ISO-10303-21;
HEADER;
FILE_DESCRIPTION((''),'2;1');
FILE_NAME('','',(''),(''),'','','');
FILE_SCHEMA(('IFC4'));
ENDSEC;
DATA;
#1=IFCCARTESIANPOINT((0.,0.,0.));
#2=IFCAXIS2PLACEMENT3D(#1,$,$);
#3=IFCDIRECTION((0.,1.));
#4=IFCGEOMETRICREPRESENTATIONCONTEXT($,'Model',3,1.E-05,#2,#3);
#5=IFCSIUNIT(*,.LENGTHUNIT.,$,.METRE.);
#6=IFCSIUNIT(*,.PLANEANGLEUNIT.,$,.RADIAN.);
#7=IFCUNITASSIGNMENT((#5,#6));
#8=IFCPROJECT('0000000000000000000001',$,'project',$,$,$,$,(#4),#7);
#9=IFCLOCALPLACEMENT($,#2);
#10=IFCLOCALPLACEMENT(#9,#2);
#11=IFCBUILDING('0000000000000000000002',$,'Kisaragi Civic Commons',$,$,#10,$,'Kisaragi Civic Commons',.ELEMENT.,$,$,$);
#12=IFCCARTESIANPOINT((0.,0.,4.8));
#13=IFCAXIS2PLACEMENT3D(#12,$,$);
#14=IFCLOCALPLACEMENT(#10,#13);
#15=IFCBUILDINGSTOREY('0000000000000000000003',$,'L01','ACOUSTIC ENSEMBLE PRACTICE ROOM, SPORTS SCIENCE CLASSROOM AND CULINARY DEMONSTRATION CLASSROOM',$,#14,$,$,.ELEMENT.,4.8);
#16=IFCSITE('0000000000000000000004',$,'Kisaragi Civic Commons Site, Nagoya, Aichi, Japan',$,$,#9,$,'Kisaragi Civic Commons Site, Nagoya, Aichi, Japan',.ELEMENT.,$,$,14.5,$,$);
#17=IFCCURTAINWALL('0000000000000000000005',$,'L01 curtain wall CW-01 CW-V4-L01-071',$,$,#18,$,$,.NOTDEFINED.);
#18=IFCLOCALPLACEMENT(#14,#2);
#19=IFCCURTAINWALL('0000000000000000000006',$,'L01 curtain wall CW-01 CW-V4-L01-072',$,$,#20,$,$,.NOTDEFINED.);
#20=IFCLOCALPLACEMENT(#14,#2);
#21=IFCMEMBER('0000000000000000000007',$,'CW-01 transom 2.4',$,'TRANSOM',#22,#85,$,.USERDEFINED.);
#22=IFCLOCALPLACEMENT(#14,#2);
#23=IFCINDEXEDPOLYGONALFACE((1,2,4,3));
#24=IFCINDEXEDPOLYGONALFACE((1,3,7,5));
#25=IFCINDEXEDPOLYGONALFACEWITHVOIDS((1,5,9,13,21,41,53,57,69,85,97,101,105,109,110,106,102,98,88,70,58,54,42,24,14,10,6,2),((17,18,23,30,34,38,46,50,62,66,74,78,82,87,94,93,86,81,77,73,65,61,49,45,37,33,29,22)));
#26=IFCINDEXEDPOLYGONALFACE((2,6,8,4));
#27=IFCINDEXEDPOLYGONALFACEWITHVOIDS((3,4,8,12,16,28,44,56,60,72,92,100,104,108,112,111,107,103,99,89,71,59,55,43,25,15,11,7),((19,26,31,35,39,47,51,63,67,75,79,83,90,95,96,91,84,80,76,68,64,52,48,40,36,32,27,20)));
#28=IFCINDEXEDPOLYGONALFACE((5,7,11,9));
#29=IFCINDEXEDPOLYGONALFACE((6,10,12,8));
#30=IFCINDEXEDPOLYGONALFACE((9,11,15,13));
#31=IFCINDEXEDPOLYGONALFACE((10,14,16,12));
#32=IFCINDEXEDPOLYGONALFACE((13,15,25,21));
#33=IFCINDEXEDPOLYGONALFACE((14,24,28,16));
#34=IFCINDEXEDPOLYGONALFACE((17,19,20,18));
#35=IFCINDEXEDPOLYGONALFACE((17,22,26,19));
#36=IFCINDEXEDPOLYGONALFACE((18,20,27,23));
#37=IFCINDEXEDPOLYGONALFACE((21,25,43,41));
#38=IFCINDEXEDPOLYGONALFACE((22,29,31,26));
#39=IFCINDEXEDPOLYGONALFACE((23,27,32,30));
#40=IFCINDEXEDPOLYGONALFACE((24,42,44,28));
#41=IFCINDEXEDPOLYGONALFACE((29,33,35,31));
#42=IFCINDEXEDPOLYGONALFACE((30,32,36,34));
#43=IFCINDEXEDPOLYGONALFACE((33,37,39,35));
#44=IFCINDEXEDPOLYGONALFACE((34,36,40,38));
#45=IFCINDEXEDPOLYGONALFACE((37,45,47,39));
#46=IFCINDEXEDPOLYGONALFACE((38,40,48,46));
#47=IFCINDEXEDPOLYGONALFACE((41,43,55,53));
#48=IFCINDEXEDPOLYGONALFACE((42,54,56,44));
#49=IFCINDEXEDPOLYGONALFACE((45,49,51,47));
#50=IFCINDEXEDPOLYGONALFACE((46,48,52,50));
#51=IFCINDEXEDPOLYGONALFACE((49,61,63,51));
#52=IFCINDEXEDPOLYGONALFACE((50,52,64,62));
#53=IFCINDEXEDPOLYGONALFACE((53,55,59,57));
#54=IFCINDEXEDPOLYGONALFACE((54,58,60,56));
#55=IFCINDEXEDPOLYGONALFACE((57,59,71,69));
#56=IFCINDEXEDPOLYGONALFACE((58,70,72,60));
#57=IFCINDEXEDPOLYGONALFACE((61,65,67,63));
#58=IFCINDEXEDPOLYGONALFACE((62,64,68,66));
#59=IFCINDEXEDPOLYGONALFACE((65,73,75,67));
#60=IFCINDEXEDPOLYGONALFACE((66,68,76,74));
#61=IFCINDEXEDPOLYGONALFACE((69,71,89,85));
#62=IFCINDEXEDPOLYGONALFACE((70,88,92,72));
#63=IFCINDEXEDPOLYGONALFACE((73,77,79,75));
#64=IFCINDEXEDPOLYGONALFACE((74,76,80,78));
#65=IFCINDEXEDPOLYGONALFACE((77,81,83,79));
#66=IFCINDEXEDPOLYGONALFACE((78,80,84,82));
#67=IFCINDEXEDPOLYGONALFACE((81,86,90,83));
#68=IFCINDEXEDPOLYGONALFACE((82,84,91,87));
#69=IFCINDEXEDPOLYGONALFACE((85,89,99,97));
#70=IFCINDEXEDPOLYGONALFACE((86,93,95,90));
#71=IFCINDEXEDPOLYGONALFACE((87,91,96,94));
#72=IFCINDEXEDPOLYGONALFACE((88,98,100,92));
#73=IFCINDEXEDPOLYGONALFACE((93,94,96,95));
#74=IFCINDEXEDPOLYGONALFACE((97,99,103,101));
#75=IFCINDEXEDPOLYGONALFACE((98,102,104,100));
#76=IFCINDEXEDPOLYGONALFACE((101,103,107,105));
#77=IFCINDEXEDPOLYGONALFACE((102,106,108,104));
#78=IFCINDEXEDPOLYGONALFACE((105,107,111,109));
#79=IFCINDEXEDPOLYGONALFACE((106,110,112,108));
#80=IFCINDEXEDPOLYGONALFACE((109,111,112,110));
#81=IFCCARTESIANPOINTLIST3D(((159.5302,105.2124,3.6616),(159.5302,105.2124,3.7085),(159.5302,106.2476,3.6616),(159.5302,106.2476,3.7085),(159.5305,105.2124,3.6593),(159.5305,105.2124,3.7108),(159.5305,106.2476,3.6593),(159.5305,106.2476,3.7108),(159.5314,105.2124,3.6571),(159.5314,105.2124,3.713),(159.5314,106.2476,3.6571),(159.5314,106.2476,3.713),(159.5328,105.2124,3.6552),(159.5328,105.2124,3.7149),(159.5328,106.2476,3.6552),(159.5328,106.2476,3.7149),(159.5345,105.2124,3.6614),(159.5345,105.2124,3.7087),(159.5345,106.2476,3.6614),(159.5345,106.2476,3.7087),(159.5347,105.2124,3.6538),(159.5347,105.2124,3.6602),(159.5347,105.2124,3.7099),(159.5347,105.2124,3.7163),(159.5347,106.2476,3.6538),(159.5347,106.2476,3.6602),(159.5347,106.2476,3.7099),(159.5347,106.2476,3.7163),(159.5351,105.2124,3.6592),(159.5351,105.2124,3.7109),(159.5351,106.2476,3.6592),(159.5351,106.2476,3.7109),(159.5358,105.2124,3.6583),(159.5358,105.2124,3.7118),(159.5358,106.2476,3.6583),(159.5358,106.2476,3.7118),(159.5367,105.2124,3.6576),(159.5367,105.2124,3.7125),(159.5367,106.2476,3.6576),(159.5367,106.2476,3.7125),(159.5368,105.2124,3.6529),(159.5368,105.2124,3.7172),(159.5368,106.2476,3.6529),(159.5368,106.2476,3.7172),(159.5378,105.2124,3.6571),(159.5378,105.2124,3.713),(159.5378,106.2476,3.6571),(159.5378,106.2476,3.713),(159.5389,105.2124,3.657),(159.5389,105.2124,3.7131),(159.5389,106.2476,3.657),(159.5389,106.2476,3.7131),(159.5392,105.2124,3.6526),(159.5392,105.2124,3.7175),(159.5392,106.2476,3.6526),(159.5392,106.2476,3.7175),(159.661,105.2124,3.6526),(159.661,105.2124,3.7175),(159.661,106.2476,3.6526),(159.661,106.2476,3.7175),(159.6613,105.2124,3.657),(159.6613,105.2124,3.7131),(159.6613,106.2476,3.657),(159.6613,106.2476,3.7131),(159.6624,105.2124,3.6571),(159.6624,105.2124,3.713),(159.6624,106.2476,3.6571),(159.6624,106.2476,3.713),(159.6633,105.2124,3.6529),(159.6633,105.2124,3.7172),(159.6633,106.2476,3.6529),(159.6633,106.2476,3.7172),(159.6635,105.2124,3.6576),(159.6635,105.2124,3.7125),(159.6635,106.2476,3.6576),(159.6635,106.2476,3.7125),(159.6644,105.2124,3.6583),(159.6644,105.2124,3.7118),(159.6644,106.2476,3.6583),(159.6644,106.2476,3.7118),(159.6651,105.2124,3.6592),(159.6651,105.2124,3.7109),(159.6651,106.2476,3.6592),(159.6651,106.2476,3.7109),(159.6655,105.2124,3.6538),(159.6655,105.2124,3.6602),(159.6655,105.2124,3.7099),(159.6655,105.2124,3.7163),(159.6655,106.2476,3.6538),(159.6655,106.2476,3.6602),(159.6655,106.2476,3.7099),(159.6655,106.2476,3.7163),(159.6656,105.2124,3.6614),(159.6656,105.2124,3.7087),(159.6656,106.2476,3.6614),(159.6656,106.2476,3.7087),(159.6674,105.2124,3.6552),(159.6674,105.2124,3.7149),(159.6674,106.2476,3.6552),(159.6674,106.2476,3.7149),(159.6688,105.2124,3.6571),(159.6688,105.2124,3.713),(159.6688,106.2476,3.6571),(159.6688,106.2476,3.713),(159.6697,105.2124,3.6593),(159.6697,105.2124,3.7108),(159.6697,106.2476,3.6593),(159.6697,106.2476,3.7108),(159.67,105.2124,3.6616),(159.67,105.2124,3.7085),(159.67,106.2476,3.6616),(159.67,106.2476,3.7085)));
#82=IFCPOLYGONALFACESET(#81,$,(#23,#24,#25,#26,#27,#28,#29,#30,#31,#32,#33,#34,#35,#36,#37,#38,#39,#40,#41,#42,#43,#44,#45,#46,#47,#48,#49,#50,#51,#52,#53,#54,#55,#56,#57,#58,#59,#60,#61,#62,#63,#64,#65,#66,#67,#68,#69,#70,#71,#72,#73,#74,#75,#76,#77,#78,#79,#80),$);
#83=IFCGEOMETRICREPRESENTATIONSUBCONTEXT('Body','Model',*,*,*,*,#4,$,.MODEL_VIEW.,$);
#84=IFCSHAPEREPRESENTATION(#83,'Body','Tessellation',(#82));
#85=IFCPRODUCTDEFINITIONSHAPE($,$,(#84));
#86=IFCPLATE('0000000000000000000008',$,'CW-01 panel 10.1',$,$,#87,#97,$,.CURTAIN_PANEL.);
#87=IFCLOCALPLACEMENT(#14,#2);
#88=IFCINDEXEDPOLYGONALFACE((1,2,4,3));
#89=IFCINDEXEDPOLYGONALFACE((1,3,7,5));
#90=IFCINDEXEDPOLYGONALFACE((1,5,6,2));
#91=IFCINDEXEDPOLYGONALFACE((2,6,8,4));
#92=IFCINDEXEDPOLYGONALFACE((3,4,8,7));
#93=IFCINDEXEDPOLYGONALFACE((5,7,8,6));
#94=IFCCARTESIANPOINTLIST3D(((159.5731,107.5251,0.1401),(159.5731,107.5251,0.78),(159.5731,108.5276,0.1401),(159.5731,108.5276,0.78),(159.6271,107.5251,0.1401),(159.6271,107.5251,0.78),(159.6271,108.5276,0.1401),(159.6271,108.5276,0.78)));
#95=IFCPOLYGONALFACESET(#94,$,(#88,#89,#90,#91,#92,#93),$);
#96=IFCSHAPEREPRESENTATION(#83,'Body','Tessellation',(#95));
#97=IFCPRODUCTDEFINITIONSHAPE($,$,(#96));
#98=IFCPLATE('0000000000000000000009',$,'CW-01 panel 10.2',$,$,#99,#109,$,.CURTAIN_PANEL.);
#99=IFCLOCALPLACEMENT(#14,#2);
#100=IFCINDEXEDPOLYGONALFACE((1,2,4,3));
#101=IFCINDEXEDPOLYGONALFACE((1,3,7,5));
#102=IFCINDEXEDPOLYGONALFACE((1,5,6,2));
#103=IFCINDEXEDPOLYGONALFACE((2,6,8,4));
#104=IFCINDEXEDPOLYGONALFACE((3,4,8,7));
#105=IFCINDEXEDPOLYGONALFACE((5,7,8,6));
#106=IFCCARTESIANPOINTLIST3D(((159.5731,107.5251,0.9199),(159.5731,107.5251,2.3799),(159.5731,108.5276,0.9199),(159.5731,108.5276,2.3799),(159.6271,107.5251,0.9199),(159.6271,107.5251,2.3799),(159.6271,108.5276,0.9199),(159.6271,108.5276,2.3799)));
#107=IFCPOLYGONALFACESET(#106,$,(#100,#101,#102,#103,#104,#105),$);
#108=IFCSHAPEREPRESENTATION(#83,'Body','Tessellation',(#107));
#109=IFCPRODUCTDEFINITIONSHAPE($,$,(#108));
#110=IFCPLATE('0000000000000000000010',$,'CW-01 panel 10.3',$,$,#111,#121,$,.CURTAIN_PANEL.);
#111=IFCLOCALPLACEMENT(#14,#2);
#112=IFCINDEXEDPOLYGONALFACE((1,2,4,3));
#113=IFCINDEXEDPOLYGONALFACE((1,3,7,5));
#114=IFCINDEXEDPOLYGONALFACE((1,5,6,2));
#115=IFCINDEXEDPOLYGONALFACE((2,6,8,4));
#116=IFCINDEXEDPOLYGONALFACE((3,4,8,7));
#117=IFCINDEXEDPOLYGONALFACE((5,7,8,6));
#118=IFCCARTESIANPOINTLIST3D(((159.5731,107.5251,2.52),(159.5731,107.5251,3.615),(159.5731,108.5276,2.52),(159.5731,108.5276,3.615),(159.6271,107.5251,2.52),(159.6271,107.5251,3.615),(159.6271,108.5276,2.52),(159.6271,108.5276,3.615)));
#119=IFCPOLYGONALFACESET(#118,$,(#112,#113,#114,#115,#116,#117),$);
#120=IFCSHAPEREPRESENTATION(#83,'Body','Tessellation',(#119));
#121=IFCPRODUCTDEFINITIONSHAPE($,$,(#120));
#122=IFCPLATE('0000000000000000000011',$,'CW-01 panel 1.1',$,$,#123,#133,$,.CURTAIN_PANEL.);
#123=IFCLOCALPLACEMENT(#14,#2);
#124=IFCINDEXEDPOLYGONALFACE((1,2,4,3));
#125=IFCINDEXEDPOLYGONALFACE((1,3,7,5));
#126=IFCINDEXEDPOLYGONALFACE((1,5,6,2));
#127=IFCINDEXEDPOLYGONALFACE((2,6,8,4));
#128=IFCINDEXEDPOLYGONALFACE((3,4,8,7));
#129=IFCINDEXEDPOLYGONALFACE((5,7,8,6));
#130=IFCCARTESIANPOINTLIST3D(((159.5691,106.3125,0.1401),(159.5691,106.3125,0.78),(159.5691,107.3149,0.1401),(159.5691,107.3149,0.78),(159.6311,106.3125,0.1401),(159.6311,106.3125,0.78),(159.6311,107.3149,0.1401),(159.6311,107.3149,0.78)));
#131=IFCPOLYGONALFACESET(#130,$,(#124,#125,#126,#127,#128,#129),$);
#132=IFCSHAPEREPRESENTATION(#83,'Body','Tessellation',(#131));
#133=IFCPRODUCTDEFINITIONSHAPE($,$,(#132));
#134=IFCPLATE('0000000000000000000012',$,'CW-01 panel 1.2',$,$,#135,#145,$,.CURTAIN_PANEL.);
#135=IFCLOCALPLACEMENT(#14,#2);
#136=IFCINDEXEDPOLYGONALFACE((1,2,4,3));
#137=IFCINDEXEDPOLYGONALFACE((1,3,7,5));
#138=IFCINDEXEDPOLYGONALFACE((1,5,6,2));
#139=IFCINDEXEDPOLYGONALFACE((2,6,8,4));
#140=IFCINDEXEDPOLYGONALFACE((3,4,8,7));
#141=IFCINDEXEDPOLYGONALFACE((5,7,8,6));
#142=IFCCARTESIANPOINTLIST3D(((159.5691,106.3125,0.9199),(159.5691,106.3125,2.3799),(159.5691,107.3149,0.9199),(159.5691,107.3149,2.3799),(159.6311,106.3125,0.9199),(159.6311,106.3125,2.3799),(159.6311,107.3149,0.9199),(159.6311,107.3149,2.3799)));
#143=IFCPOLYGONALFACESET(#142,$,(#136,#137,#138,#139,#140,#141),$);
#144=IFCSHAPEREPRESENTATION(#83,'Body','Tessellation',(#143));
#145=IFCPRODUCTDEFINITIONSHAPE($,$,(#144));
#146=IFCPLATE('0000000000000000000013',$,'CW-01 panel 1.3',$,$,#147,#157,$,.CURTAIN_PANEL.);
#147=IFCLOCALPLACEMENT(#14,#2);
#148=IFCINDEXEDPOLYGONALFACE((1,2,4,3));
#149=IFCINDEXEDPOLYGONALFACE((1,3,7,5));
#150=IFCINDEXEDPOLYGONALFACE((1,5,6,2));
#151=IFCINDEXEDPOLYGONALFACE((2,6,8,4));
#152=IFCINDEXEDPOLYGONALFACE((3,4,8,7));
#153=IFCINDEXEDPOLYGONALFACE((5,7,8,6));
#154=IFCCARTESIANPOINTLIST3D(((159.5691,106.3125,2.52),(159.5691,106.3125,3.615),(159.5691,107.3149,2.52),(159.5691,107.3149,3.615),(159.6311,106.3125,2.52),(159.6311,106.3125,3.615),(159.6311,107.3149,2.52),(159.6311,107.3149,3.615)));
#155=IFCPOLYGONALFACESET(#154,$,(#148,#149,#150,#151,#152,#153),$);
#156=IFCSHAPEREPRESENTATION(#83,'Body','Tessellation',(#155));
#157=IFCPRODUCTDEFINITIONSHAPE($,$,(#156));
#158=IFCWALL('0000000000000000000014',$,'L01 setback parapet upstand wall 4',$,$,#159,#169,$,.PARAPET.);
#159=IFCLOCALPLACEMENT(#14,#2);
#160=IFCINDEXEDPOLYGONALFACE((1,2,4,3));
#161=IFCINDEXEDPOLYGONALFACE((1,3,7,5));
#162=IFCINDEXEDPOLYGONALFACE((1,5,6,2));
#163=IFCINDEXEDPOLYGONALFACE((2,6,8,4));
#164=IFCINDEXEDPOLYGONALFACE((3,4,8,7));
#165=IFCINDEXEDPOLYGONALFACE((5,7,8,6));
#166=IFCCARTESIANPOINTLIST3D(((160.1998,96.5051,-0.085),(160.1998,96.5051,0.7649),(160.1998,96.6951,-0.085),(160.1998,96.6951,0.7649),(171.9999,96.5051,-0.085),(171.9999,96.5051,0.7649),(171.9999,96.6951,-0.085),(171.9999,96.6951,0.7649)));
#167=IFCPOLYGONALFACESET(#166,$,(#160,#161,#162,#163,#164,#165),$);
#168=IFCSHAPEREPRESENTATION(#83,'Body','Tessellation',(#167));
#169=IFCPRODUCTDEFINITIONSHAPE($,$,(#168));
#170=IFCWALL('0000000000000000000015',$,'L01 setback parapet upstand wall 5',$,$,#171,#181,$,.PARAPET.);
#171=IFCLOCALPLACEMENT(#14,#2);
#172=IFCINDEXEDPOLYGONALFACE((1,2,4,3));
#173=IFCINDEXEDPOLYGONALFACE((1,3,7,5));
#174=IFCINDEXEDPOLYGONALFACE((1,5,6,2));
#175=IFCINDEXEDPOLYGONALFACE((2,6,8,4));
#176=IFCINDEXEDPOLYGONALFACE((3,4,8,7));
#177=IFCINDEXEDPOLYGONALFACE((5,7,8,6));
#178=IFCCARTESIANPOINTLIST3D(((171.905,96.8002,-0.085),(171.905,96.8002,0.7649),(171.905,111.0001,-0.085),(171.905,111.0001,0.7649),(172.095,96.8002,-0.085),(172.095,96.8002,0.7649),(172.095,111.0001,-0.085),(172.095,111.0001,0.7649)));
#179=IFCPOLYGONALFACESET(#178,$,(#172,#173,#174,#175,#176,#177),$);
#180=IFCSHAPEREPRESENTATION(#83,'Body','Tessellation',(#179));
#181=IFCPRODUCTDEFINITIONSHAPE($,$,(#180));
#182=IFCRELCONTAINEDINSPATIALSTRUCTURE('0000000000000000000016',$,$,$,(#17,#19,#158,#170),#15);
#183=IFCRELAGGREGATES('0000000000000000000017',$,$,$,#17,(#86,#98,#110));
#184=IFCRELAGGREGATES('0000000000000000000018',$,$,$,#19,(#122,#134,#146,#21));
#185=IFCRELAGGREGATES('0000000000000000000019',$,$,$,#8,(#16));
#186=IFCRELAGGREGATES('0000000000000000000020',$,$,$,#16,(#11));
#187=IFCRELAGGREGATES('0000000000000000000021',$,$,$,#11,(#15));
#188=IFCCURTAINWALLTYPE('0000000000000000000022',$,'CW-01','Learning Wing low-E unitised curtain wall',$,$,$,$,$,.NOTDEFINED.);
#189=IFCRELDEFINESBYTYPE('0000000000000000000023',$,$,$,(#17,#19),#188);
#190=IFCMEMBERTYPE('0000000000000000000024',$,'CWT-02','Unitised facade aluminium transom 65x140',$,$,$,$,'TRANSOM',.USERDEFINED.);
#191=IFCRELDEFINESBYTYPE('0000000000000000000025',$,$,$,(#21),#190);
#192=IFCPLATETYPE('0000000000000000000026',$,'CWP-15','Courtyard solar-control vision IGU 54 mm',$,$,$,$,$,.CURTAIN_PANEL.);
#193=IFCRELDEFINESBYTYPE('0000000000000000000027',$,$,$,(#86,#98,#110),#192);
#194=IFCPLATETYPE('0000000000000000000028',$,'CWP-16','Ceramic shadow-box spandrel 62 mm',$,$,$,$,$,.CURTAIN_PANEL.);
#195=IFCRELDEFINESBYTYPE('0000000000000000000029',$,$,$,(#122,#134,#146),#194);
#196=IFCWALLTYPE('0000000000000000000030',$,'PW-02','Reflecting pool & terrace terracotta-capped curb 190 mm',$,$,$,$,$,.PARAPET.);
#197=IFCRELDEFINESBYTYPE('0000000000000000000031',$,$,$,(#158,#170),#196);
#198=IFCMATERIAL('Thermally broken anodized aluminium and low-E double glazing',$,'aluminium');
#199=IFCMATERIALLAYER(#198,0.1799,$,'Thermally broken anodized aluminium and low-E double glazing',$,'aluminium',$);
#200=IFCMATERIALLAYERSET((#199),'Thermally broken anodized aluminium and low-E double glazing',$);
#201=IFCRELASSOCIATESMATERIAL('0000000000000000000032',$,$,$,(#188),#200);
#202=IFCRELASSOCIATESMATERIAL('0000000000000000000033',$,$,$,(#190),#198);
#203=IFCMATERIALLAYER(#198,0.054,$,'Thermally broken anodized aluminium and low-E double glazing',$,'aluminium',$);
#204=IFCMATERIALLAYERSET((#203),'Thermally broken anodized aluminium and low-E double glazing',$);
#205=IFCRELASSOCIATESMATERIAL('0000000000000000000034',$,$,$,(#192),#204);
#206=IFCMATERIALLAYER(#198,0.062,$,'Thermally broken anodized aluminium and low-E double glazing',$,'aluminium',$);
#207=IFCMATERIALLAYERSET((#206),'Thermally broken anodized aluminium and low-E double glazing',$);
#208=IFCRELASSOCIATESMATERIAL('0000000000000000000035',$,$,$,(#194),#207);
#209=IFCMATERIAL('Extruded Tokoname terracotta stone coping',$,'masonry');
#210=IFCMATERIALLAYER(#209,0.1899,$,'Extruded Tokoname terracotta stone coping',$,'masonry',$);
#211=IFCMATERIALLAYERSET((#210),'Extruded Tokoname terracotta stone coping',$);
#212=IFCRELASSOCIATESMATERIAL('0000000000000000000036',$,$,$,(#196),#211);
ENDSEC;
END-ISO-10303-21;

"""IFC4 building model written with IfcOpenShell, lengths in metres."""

from ifc_helpers import new_model, si_unit, direction, frame, frame_2d, origin, origin_2d, place, context, subcontext, project, spatial, rectangle, hollow_rectangle, extrude, material, layer, layer_set, material_profile, profile_set, type_object, element, aggregate, save


model = new_model("IFC4")

# Units and contexts
model_context = context("Model", 3, precision=1e-05, world=origin(), true_north=direction((0.0, 1.0)))
body_context = subcontext(model_context, "Body", "Model", "MODEL_VIEW")
ifc_project = project(units=[si_unit("LENGTHUNIT", "METRE"), si_unit("PLANEANGLEUNIT", "RADIAN")], contexts=[model_context])

# Site, building, storey
site_placement = place(None, origin())
site = spatial("IfcSite", under=ifc_project, at=site_placement, Name="Kisaragi Civic Commons Site, Nagoya, Aichi, Japan", LongName="Kisaragi Civic Commons Site, Nagoya, Aichi, Japan", CompositionType="ELEMENT", RefElevation=14.5)
building_placement = place(site_placement, origin())
building = spatial("IfcBuilding", under=site, at=building_placement, Name="Kisaragi Civic Commons", LongName="Kisaragi Civic Commons", CompositionType="ELEMENT")
storey_placement = place(building_placement, frame((0.0, 0.0, 4.8)))
storey = spatial("IfcBuildingStorey", under=building, at=storey_placement, Name="L01", Description="ACOUSTIC ENSEMBLE PRACTICE ROOM, SPORTS SCIENCE CLASSROOM AND CULINARY DEMONSTRATION CLASSROOM", CompositionType="ELEMENT", Elevation=4.8)

# Curtain walls
ifc_material_1 = material(Name="Thermally broken anodized aluminium and low-E double glazing", Category="aluminium")
ifc_layer_1 = layer(ifc_material_1, 0.1799, Name="Thermally broken anodized aluminium and low-E double glazing", Category="aluminium")
ifc_layer_set_1 = layer_set([ifc_layer_1], Name="Thermally broken anodized aluminium and low-E double glazing")
curtain_wall_type = type_object("IfcCurtainWallType", Name="CW-01", Description="Learning Wing low-E unitised curtain wall", PredefinedType="NOTDEFINED", material=ifc_layer_set_1)
curtain_wall_1_placement = place(storey_placement, origin())
curtain_wall_1 = element("IfcCurtainWall", 1, at=curtain_wall_1_placement, inside=storey, type_object=curtain_wall_type, Name="L01 curtain wall CW-01 CW-V4-L01-071", PredefinedType="NOTDEFINED")
curtain_wall_2_placement = place(storey_placement, origin())
curtain_wall_2 = element("IfcCurtainWall", 2, at=curtain_wall_2_placement, inside=storey, type_object=curtain_wall_type, Name="L01 curtain wall CW-01 CW-V4-L01-072", PredefinedType="NOTDEFINED")

# Member
ifc_material_profile_1 = material_profile(ifc_material_1, hollow_rectangle(XDim=0.1399, YDim=0.0649, WallThickness=0.0044, InnerFilletRadius=0.0044, OuterFilletRadius=0.009, at=origin_2d()), Name="CWT-65x140x4.5", Category="aluminium")
ifc_profile_set_1 = profile_set([ifc_material_profile_1], Name="Thermally broken anodized aluminium and low-E double glazing")
member_type_1 = type_object("IfcMemberType", Name="CWT-02", Description="Unitised facade aluminium transom 65x140", ElementType="TRANSOM", PredefinedType="USERDEFINED", material=ifc_profile_set_1)
member_1_placement = place(storey_placement, frame((159.6001, 106.2476, 3.6851), z_axis=(0.0, -1.0, 0.0), x_axis=(1.0, 0.0, 0.0)))
member_1 = element("IfcMember", 3, at=member_1_placement, type_object=member_type_1, Name="CW-01 transom 2.4", ObjectType="TRANSOM", PredefinedType="USERDEFINED", context=body_context, shape_type="SweptSolid", body=[
    extrude(hollow_rectangle(XDim=0.1399, YDim=0.0649, WallThickness=0.0044, InnerFilletRadius=0.0044, OuterFilletRadius=0.009, at=origin_2d()), origin(), (0.0, 0.0, 1.0), 1.0352),
])

# Plates
ifc_layer_2 = layer(ifc_material_1, 0.054, Name="Thermally broken anodized aluminium and low-E double glazing", Category="aluminium")
ifc_layer_set_2 = layer_set([ifc_layer_2], Name="Thermally broken anodized aluminium and low-E double glazing")
plate_type_1 = type_object("IfcPlateType", Name="CWP-15", Description="Courtyard solar-control vision IGU 54 mm", PredefinedType="CURTAIN_PANEL", material=ifc_layer_set_2)
plate_1_placement = place(storey_placement, frame((159.6001, 108.0264, 0.1401), z_axis=(0.0, 0.0, 1.0), x_axis=(0.0, -1.0, 0.0)))
plate_1 = element("IfcPlate", 4, at=plate_1_placement, type_object=plate_type_1, Name="CW-01 panel 10.1", PredefinedType="CURTAIN_PANEL", context=body_context, shape_type="SweptSolid", body=[
    extrude(rectangle(XDim=1.0024, YDim=0.054, at=origin_2d()), origin(), (0.0, 0.0, 1.0), 0.6399),
])
plate_2_placement = place(storey_placement, frame((159.6001, 108.0264, 0.9199), z_axis=(0.0, 0.0, 1.0), x_axis=(0.0, -1.0, 0.0)))
plate_2 = element("IfcPlate", 5, at=plate_2_placement, type_object=plate_type_1, Name="CW-01 panel 10.2", PredefinedType="CURTAIN_PANEL", context=body_context, shape_type="SweptSolid", body=[
    extrude(rectangle(XDim=1.0024, YDim=0.054, at=origin_2d()), origin(), (0.0, 0.0, 1.0), 1.46),
])
plate_3_placement = place(storey_placement, frame((159.6001, 108.0264, 2.52), z_axis=(0.0, 0.0, 1.0), x_axis=(0.0, -1.0, 0.0)))
plate_3 = element("IfcPlate", 6, at=plate_3_placement, type_object=plate_type_1, Name="CW-01 panel 10.3", PredefinedType="CURTAIN_PANEL", context=body_context, shape_type="SweptSolid", body=[
    extrude(rectangle(XDim=1.0024, YDim=0.054, at=origin_2d()), origin(), (0.0, 0.0, 1.0), 1.095),
])
aggregate(curtain_wall_1, [plate_1, plate_2, plate_3])
ifc_layer_3 = layer(ifc_material_1, 0.062, Name="Thermally broken anodized aluminium and low-E double glazing", Category="aluminium")
ifc_layer_set_3 = layer_set([ifc_layer_3], Name="Thermally broken anodized aluminium and low-E double glazing")
plate_type_2 = type_object("IfcPlateType", Name="CWP-16", Description="Ceramic shadow-box spandrel 62 mm", PredefinedType="CURTAIN_PANEL", material=ifc_layer_set_3)
plate_4_placement = place(storey_placement, frame((159.6001, 106.8137, 0.1401), z_axis=(0.0, 0.0, 1.0), x_axis=(0.0, -1.0, 0.0)))
plate_4 = element("IfcPlate", 7, at=plate_4_placement, type_object=plate_type_2, Name="CW-01 panel 1.1", PredefinedType="CURTAIN_PANEL", context=body_context, shape_type="SweptSolid", body=[
    extrude(rectangle(XDim=1.0024, YDim=0.062, at=origin_2d()), origin(), (0.0, 0.0, 1.0), 0.6399),
])
plate_5_placement = place(storey_placement, frame((159.6001, 106.8137, 0.9199), z_axis=(0.0, 0.0, 1.0), x_axis=(0.0, -1.0, 0.0)))
plate_5 = element("IfcPlate", 8, at=plate_5_placement, type_object=plate_type_2, Name="CW-01 panel 1.2", PredefinedType="CURTAIN_PANEL", context=body_context, shape_type="SweptSolid", body=[
    extrude(rectangle(XDim=1.0024, YDim=0.062, at=origin_2d()), origin(), (0.0, 0.0, 1.0), 1.46),
])
plate_6_placement = place(storey_placement, frame((159.6001, 106.8137, 2.52), z_axis=(0.0, 0.0, 1.0), x_axis=(0.0, -1.0, 0.0)))
plate_6 = element("IfcPlate", 9, at=plate_6_placement, type_object=plate_type_2, Name="CW-01 panel 1.3", PredefinedType="CURTAIN_PANEL", context=body_context, shape_type="SweptSolid", body=[
    extrude(rectangle(XDim=1.0024, YDim=0.062, at=origin_2d()), origin(), (0.0, 0.0, 1.0), 1.095),
])
aggregate(curtain_wall_2, [plate_4, plate_5, plate_6, member_1])

# Walls
ifc_material_2 = material(Name="Extruded Tokoname terracotta stone coping", Category="masonry")
ifc_layer_4 = layer(ifc_material_2, 0.1899, Name="Extruded Tokoname terracotta stone coping", Category="masonry")
ifc_layer_set_4 = layer_set([ifc_layer_4], Name="Extruded Tokoname terracotta stone coping")
wall_type = type_object("IfcWallType", Name="PW-02", Description="Reflecting pool & terrace terracotta-capped curb 190 mm", PredefinedType="PARAPET", material=ifc_layer_set_4)
wall_1_placement = place(storey_placement, frame((160.2, 96.6001, -0.085), z_axis=(0.0, 0.0, 1.0), x_axis=(1.0, 0.0, 0.0)))
element("IfcWall", 10, at=wall_1_placement, inside=storey, type_object=wall_type, Name="L01 setback parapet upstand wall 4", PredefinedType="PARAPET", context=body_context, shape_type="SweptSolid", body=[
    extrude(rectangle(XDim=11.8, YDim=0.1899, at=frame_2d((5.8999, 0.0))), origin(), (0.0, 0.0, 1.0), 0.8499),
])
wall_2_placement = place(storey_placement, frame((172.0, 96.8, -0.085), z_axis=(0.0, 0.0, 1.0), x_axis=(0.0, 1.0, 0.0)))
element("IfcWall", 11, at=wall_2_placement, inside=storey, type_object=wall_type, Name="L01 setback parapet upstand wall 5", PredefinedType="PARAPET", context=body_context, shape_type="SweptSolid", body=[
    extrude(rectangle(XDim=14.2, YDim=0.1899, at=frame_2d((7.1001, 0.0))), origin(), (0.0, 0.0, 1.0), 0.8499),
])

save(model, "model.ifc")
